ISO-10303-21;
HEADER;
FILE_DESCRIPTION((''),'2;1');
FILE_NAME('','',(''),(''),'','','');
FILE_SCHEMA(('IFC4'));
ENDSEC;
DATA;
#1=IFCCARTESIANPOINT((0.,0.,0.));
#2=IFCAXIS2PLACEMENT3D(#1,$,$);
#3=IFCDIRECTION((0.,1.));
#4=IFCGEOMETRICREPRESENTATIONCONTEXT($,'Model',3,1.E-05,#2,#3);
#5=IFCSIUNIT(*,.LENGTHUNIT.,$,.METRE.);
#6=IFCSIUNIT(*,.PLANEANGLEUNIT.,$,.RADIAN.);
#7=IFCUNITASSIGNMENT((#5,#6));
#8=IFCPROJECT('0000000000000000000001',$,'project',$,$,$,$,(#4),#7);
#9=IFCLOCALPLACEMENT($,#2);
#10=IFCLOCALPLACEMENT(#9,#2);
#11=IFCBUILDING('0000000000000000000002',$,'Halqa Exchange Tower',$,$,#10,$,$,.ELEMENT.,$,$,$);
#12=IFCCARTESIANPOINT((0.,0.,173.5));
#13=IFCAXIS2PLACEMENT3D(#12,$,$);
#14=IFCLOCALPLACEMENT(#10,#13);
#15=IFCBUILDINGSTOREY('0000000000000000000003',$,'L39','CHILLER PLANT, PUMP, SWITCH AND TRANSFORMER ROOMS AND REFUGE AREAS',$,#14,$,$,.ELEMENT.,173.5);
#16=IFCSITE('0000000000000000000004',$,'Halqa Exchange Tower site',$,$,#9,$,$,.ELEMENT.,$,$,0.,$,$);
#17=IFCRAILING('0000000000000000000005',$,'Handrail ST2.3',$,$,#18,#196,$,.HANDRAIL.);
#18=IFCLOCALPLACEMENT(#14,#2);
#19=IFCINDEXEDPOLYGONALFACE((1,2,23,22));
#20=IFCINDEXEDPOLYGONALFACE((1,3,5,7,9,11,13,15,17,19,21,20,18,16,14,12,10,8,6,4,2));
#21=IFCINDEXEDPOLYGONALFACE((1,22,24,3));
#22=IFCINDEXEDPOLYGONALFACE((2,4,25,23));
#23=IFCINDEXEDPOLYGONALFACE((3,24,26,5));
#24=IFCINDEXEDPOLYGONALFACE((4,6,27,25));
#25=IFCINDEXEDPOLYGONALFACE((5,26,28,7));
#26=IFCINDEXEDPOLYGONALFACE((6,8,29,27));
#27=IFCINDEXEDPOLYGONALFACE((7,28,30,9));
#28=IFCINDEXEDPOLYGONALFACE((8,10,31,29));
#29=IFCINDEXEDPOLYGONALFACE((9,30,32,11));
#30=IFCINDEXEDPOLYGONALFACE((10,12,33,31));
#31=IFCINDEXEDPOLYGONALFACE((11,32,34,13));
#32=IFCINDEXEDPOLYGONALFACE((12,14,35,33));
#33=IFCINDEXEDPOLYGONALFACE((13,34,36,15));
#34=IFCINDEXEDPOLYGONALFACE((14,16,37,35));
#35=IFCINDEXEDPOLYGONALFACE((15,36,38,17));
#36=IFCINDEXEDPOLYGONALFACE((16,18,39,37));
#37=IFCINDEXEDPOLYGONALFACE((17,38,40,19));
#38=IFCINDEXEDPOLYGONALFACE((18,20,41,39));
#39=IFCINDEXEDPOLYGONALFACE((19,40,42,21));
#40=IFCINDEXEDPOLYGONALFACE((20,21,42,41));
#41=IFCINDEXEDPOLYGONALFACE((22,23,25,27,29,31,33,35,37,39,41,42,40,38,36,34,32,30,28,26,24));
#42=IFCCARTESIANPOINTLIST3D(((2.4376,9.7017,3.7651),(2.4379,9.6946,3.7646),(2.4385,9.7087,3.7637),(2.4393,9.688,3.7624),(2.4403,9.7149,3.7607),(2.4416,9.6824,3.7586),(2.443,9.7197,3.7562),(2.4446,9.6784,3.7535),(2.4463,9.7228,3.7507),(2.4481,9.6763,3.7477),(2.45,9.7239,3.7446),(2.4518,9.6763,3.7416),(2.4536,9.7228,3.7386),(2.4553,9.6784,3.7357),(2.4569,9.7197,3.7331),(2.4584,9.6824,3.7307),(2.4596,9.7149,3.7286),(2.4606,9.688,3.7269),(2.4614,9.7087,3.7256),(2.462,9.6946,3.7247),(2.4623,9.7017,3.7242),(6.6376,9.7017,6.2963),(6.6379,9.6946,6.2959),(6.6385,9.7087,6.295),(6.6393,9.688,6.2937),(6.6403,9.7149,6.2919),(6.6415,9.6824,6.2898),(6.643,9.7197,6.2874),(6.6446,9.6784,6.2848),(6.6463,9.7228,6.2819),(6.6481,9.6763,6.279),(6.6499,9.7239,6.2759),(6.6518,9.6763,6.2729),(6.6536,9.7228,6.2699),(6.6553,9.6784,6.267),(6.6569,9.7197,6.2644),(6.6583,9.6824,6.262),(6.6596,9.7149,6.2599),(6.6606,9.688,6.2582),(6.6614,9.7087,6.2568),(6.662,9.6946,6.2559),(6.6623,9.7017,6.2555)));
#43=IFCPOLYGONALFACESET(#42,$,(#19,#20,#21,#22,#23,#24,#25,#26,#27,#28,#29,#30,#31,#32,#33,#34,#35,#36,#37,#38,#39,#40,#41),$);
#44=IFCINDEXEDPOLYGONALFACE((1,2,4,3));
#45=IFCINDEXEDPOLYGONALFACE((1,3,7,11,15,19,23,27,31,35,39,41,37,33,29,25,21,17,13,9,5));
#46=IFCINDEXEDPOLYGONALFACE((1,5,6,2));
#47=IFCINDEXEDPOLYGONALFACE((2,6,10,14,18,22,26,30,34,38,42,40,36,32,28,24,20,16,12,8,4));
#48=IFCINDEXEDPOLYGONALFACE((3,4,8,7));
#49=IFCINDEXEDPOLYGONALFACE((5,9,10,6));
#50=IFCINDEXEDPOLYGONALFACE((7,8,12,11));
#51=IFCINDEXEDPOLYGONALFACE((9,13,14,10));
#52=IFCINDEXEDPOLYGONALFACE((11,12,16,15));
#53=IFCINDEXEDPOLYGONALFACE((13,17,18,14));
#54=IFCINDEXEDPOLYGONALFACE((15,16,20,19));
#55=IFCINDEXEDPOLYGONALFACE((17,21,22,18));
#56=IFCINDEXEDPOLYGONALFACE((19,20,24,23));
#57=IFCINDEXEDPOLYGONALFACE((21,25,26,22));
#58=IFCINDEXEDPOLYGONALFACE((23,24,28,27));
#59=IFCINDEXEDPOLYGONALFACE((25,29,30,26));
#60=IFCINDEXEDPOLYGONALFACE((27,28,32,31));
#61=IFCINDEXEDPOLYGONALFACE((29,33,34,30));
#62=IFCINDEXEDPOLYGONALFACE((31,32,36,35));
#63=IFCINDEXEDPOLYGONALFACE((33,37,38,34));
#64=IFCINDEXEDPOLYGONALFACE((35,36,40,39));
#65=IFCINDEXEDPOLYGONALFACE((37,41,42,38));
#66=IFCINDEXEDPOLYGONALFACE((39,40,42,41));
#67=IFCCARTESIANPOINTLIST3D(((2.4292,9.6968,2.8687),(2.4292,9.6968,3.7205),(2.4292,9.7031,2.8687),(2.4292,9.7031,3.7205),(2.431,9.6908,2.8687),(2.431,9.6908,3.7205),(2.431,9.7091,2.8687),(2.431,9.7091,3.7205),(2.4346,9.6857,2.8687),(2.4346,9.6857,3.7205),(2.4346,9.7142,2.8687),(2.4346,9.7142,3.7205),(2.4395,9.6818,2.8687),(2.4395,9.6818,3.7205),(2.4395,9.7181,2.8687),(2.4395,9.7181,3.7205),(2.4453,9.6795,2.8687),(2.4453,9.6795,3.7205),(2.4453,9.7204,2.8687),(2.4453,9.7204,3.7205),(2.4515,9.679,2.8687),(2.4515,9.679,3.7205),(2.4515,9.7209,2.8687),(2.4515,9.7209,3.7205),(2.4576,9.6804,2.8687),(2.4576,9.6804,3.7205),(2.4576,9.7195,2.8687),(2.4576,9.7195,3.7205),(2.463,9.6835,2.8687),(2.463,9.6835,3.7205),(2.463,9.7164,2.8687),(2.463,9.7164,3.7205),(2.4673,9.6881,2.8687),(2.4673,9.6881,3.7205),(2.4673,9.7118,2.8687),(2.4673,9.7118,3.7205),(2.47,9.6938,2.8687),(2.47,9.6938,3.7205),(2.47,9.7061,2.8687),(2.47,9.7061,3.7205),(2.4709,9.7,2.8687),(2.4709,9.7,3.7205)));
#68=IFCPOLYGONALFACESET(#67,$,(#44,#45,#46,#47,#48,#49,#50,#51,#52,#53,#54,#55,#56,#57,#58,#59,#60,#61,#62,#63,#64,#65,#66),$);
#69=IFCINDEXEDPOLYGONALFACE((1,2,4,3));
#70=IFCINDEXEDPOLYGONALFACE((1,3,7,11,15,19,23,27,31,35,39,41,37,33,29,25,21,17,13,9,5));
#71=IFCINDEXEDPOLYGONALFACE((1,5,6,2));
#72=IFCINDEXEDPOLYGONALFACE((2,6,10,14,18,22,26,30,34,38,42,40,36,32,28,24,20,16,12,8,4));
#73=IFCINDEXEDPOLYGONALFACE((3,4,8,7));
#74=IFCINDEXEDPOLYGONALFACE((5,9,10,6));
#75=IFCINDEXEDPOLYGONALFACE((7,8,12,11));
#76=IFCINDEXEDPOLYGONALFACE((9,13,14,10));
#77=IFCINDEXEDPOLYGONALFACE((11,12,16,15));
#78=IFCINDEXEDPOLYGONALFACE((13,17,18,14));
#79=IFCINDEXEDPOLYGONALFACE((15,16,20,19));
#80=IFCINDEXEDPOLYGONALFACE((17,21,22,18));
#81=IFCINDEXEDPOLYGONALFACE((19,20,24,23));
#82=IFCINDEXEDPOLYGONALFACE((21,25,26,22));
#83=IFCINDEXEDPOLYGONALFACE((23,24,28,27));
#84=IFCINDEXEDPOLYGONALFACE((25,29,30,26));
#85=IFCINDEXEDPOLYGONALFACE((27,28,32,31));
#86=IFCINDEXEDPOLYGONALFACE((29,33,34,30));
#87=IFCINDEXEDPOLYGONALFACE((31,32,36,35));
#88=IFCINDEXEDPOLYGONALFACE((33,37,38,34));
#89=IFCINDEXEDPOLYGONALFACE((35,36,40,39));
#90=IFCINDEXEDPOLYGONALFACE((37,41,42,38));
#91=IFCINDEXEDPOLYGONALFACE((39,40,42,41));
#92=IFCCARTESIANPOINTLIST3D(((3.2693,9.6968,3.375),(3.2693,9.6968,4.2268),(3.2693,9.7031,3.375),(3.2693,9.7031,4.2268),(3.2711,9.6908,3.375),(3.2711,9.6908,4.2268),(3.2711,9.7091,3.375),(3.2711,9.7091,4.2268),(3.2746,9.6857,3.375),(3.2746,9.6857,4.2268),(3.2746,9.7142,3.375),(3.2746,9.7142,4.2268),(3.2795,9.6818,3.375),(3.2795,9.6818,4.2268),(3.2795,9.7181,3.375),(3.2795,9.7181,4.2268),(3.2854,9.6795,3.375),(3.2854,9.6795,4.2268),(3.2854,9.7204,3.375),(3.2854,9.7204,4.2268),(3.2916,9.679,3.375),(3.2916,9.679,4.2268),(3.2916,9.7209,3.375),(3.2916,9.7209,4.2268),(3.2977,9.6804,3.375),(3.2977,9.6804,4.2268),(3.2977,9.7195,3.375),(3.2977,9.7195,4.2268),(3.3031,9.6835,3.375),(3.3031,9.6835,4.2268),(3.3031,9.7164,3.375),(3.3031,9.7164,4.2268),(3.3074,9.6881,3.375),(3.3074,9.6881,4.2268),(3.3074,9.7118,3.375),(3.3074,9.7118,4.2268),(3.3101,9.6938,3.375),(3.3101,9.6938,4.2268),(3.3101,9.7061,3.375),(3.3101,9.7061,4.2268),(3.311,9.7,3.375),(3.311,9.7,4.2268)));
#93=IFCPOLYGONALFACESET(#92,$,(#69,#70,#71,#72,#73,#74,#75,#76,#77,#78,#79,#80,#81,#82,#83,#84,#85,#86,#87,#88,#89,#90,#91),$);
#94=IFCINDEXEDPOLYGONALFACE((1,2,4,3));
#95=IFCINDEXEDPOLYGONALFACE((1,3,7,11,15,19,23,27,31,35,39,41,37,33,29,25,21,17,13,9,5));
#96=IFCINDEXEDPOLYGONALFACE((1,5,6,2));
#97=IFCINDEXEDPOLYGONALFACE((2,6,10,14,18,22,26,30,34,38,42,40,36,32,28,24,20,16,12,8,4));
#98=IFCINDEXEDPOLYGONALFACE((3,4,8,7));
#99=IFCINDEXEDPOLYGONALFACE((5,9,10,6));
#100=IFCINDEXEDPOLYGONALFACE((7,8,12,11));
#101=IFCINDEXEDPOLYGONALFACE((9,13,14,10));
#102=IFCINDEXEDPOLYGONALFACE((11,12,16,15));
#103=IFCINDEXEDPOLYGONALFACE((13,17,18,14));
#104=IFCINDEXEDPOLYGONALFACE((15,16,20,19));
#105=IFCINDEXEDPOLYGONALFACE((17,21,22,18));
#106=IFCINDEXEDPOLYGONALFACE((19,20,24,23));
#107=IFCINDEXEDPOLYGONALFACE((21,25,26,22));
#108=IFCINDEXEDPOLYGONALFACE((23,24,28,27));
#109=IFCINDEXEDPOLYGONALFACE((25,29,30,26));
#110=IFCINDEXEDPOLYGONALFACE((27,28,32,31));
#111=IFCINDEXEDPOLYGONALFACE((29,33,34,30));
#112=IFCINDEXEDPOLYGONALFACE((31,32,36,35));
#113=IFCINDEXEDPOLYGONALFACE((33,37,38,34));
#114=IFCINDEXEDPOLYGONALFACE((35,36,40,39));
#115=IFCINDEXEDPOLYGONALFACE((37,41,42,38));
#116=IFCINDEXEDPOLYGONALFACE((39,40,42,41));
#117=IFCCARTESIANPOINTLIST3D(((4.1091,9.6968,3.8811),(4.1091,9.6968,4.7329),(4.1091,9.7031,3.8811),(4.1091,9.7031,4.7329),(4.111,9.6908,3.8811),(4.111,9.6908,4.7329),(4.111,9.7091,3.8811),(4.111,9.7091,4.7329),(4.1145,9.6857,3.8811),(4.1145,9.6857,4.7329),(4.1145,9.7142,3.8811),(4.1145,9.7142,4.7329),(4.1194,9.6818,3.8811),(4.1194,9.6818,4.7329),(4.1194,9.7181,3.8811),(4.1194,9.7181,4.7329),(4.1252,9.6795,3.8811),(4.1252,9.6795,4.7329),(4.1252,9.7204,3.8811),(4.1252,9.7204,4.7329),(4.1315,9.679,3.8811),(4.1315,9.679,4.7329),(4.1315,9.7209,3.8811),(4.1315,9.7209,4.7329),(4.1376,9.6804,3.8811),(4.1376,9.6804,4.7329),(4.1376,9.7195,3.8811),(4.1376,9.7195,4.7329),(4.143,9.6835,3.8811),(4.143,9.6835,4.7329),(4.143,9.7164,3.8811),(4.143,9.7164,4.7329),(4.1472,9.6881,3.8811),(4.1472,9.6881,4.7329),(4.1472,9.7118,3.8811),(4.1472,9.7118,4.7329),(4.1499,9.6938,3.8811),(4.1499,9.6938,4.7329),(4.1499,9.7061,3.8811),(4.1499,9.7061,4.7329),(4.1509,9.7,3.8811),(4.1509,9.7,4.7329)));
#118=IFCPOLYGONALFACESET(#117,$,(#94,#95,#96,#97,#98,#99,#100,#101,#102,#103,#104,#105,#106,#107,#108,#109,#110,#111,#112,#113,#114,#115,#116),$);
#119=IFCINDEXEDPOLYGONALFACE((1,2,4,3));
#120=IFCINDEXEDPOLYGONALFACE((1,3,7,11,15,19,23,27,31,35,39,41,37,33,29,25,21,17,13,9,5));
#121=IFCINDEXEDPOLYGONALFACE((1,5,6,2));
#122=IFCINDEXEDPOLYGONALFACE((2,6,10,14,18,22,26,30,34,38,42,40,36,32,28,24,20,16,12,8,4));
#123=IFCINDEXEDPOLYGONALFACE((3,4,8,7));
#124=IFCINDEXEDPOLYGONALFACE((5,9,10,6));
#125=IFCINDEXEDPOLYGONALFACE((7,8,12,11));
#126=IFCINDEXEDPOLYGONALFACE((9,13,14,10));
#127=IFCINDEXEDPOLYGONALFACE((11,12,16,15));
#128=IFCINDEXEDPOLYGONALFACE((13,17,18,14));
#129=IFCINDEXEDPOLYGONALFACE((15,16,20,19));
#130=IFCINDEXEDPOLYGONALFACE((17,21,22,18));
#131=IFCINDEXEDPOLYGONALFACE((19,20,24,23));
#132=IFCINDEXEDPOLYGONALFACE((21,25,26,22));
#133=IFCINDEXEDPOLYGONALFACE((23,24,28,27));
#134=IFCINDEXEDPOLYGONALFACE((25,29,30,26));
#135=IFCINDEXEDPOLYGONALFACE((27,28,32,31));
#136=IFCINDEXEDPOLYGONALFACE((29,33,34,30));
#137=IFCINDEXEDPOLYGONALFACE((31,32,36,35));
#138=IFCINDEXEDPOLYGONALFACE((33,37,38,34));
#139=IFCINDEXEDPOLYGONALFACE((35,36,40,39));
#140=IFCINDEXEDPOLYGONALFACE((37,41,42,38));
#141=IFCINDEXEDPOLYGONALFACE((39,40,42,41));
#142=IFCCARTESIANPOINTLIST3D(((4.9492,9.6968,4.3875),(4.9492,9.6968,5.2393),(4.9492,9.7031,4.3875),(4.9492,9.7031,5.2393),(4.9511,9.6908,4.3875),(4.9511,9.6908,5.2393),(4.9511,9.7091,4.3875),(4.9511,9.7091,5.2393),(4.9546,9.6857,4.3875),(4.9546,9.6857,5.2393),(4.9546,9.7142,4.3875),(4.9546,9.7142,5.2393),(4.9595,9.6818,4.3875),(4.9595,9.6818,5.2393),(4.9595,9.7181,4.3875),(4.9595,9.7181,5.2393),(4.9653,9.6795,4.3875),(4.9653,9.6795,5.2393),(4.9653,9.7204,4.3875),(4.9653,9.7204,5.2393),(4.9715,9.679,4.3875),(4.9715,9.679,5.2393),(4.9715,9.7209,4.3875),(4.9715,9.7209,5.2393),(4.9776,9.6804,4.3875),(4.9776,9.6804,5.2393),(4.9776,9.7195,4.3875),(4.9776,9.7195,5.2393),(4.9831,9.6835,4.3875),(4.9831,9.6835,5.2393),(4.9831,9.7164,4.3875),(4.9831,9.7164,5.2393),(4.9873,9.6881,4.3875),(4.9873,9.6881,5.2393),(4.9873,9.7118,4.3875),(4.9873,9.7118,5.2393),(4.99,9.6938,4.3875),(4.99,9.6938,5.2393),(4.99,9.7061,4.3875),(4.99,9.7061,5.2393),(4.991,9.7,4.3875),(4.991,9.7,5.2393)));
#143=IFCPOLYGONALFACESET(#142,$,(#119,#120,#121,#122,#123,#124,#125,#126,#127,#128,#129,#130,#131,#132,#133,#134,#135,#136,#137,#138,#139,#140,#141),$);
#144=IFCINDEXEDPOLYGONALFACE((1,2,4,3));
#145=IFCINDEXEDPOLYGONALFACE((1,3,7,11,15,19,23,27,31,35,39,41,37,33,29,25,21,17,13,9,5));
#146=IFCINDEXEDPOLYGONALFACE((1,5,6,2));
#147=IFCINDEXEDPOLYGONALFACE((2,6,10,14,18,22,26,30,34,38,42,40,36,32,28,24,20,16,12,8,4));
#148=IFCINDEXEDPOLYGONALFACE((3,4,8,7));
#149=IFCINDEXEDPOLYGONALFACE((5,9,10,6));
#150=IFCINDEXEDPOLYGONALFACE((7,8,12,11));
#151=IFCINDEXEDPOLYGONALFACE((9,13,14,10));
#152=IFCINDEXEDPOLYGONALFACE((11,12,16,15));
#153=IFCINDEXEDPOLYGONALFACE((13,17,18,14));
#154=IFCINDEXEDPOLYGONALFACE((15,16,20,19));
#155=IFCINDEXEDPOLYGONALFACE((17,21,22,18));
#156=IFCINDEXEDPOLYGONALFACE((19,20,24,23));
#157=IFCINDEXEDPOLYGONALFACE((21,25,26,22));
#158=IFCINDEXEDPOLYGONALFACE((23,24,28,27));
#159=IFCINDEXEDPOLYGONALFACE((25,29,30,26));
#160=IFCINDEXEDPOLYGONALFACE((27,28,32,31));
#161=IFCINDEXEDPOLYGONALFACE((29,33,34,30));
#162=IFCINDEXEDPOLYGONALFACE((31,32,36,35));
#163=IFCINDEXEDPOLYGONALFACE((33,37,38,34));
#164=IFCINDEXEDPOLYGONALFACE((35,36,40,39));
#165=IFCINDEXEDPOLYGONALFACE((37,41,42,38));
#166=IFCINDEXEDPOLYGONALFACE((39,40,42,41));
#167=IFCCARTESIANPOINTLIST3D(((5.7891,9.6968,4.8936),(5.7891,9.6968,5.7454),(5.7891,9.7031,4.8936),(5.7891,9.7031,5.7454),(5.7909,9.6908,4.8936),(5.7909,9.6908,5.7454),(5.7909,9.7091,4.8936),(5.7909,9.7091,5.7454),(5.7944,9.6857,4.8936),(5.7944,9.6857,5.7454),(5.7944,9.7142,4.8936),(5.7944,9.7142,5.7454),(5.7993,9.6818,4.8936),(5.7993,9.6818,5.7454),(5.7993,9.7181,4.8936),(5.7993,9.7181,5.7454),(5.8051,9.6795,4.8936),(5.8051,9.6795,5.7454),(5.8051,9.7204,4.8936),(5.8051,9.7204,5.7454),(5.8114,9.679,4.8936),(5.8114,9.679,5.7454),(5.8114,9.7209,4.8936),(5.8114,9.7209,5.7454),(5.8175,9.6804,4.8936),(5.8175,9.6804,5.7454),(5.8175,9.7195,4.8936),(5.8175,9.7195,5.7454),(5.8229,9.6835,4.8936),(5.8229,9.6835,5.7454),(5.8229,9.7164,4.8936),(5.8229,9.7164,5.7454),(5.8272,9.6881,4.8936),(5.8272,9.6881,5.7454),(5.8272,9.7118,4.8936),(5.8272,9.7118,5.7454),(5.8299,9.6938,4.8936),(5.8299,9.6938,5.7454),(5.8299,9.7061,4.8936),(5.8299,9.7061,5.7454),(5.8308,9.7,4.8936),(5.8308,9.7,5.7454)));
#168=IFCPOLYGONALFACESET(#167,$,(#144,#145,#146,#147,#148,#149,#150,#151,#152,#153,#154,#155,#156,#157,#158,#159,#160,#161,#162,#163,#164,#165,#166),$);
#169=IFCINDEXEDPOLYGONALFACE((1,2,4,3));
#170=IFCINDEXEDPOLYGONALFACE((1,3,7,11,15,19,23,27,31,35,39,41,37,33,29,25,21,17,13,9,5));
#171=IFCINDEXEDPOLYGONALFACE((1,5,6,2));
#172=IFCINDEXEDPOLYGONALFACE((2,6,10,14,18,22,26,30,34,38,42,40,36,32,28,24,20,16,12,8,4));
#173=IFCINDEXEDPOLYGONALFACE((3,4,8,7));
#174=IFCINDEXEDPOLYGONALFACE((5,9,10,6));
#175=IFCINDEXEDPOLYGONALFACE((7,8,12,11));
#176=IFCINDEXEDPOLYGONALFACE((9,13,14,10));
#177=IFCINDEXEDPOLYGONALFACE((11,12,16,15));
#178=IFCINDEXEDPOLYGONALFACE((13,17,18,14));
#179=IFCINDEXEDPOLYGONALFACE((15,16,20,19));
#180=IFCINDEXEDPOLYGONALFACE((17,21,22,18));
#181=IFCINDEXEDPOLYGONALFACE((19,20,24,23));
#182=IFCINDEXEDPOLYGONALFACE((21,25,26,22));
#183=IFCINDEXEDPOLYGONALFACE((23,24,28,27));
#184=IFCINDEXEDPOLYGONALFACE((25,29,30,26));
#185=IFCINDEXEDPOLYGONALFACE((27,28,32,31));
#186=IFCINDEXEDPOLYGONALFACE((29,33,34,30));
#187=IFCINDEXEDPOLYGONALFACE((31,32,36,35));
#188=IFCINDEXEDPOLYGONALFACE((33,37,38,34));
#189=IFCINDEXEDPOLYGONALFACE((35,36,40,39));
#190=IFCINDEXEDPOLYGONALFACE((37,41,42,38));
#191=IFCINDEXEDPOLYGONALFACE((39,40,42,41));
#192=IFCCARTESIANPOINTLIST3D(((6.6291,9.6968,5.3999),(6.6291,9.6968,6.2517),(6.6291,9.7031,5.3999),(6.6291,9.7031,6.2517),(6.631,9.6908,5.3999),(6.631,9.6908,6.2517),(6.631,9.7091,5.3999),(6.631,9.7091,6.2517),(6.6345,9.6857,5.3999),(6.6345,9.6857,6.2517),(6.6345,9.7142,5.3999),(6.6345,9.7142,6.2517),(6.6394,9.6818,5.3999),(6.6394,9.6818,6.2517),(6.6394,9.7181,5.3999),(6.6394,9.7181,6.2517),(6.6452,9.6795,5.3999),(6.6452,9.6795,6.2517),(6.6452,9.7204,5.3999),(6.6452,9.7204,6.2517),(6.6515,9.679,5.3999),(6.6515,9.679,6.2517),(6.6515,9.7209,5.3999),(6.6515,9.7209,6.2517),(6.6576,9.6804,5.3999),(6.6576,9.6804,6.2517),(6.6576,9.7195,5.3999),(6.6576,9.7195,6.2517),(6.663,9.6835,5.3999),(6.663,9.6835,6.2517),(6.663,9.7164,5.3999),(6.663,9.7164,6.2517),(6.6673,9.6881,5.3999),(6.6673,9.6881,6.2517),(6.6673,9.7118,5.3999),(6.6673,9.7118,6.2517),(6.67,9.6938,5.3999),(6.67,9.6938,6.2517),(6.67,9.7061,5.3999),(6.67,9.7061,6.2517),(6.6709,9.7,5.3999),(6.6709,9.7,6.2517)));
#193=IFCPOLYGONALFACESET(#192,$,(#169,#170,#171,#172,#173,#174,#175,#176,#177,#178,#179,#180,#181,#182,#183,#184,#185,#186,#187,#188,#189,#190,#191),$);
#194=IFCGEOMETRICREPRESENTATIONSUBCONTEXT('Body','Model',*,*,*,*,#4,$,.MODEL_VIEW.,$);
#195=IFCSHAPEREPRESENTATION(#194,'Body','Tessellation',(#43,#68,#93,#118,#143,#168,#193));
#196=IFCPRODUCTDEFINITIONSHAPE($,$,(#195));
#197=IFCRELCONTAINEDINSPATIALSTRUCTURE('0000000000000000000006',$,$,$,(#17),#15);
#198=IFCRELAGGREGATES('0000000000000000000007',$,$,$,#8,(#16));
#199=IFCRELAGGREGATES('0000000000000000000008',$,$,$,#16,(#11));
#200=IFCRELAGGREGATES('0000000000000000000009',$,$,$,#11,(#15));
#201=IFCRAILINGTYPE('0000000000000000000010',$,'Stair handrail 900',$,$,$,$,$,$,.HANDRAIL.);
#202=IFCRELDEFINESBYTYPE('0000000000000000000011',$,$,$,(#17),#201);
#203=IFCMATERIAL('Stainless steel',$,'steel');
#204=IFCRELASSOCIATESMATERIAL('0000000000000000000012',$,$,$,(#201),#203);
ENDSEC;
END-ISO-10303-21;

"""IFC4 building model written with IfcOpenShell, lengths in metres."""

from ifc_helpers import new_model, si_unit, direction, frame, origin, origin_2d, place, context, subcontext, project, spatial, circle, extrude, material, type_object, element, save


model = new_model("IFC4")

# Units and contexts
model_context = context("Model", 3, precision=1e-05, world=origin(), true_north=direction((0.0, 1.0)))
body_context = subcontext(model_context, "Body", "Model", "MODEL_VIEW")
ifc_project = project(units=[si_unit("LENGTHUNIT", "METRE"), si_unit("PLANEANGLEUNIT", "RADIAN")], contexts=[model_context])

# Site, building, storey
site_placement = place(None, origin())
site = spatial("IfcSite", under=ifc_project, at=site_placement, Name="Halqa Exchange Tower site", CompositionType="ELEMENT", RefElevation=0.0)
building_placement = place(site_placement, origin())
building = spatial("IfcBuilding", under=site, at=building_placement, Name="Halqa Exchange Tower", CompositionType="ELEMENT")
storey_placement = place(building_placement, frame((0.0, 0.0, 173.5)))
storey = spatial("IfcBuildingStorey", under=building, at=storey_placement, Name="L39", Description="CHILLER PLANT, PUMP, SWITCH AND TRANSFORMER ROOMS AND REFUGE AREAS", CompositionType="ELEMENT", Elevation=173.5)

# Railing
ifc_material_1 = material(Name="Stainless steel", Category="steel")
railing_type_1 = type_object("IfcRailingType", Name="Stair handrail 900", PredefinedType="HANDRAIL", material=ifc_material_1)
railing_1_placement = place(storey_placement, frame((2.45, 9.7, 2.8687)))
element("IfcRailing", 1, at=railing_1_placement, inside=storey, type_object=railing_type_1, Name="Handrail ST2.3", PredefinedType="HANDRAIL", context=body_context, shape_type="SweptSolid", body=[
    extrude(circle(Radius=0.0239, at=origin_2d()), frame((0.0, 0.0, 0.876), z_axis=(0.856476, 0.0, 0.516186), x_axis=(0.0, 1.0, 0.0)), (0.0, 0.0, 1.0), 4.9038),
    extrude(circle(Radius=0.021, at=origin_2d()), origin(), (0.0, 0.0, 1.0), 0.8518),
    extrude(circle(Radius=0.021, at=origin_2d()), frame((0.8401, 0.0, 0.5063)), (0.0, 0.0, 1.0), 0.8518),
    extrude(circle(Radius=0.021, at=origin_2d()), frame((1.6799, 0.0, 1.0125)), (0.0, 0.0, 1.0), 0.8518),
    extrude(circle(Radius=0.021, at=origin_2d()), frame((2.52, 0.0, 1.5188)), (0.0, 0.0, 1.0), 0.8518),
    extrude(circle(Radius=0.021, at=origin_2d()), frame((3.3599, 0.0, 2.0249)), (0.0, 0.0, 1.0), 0.8518),
    extrude(circle(Radius=0.021, at=origin_2d()), frame((4.2, 0.0, 2.5312)), (0.0, 0.0, 1.0), 0.8518),
])

save(model, "model.ifc")
